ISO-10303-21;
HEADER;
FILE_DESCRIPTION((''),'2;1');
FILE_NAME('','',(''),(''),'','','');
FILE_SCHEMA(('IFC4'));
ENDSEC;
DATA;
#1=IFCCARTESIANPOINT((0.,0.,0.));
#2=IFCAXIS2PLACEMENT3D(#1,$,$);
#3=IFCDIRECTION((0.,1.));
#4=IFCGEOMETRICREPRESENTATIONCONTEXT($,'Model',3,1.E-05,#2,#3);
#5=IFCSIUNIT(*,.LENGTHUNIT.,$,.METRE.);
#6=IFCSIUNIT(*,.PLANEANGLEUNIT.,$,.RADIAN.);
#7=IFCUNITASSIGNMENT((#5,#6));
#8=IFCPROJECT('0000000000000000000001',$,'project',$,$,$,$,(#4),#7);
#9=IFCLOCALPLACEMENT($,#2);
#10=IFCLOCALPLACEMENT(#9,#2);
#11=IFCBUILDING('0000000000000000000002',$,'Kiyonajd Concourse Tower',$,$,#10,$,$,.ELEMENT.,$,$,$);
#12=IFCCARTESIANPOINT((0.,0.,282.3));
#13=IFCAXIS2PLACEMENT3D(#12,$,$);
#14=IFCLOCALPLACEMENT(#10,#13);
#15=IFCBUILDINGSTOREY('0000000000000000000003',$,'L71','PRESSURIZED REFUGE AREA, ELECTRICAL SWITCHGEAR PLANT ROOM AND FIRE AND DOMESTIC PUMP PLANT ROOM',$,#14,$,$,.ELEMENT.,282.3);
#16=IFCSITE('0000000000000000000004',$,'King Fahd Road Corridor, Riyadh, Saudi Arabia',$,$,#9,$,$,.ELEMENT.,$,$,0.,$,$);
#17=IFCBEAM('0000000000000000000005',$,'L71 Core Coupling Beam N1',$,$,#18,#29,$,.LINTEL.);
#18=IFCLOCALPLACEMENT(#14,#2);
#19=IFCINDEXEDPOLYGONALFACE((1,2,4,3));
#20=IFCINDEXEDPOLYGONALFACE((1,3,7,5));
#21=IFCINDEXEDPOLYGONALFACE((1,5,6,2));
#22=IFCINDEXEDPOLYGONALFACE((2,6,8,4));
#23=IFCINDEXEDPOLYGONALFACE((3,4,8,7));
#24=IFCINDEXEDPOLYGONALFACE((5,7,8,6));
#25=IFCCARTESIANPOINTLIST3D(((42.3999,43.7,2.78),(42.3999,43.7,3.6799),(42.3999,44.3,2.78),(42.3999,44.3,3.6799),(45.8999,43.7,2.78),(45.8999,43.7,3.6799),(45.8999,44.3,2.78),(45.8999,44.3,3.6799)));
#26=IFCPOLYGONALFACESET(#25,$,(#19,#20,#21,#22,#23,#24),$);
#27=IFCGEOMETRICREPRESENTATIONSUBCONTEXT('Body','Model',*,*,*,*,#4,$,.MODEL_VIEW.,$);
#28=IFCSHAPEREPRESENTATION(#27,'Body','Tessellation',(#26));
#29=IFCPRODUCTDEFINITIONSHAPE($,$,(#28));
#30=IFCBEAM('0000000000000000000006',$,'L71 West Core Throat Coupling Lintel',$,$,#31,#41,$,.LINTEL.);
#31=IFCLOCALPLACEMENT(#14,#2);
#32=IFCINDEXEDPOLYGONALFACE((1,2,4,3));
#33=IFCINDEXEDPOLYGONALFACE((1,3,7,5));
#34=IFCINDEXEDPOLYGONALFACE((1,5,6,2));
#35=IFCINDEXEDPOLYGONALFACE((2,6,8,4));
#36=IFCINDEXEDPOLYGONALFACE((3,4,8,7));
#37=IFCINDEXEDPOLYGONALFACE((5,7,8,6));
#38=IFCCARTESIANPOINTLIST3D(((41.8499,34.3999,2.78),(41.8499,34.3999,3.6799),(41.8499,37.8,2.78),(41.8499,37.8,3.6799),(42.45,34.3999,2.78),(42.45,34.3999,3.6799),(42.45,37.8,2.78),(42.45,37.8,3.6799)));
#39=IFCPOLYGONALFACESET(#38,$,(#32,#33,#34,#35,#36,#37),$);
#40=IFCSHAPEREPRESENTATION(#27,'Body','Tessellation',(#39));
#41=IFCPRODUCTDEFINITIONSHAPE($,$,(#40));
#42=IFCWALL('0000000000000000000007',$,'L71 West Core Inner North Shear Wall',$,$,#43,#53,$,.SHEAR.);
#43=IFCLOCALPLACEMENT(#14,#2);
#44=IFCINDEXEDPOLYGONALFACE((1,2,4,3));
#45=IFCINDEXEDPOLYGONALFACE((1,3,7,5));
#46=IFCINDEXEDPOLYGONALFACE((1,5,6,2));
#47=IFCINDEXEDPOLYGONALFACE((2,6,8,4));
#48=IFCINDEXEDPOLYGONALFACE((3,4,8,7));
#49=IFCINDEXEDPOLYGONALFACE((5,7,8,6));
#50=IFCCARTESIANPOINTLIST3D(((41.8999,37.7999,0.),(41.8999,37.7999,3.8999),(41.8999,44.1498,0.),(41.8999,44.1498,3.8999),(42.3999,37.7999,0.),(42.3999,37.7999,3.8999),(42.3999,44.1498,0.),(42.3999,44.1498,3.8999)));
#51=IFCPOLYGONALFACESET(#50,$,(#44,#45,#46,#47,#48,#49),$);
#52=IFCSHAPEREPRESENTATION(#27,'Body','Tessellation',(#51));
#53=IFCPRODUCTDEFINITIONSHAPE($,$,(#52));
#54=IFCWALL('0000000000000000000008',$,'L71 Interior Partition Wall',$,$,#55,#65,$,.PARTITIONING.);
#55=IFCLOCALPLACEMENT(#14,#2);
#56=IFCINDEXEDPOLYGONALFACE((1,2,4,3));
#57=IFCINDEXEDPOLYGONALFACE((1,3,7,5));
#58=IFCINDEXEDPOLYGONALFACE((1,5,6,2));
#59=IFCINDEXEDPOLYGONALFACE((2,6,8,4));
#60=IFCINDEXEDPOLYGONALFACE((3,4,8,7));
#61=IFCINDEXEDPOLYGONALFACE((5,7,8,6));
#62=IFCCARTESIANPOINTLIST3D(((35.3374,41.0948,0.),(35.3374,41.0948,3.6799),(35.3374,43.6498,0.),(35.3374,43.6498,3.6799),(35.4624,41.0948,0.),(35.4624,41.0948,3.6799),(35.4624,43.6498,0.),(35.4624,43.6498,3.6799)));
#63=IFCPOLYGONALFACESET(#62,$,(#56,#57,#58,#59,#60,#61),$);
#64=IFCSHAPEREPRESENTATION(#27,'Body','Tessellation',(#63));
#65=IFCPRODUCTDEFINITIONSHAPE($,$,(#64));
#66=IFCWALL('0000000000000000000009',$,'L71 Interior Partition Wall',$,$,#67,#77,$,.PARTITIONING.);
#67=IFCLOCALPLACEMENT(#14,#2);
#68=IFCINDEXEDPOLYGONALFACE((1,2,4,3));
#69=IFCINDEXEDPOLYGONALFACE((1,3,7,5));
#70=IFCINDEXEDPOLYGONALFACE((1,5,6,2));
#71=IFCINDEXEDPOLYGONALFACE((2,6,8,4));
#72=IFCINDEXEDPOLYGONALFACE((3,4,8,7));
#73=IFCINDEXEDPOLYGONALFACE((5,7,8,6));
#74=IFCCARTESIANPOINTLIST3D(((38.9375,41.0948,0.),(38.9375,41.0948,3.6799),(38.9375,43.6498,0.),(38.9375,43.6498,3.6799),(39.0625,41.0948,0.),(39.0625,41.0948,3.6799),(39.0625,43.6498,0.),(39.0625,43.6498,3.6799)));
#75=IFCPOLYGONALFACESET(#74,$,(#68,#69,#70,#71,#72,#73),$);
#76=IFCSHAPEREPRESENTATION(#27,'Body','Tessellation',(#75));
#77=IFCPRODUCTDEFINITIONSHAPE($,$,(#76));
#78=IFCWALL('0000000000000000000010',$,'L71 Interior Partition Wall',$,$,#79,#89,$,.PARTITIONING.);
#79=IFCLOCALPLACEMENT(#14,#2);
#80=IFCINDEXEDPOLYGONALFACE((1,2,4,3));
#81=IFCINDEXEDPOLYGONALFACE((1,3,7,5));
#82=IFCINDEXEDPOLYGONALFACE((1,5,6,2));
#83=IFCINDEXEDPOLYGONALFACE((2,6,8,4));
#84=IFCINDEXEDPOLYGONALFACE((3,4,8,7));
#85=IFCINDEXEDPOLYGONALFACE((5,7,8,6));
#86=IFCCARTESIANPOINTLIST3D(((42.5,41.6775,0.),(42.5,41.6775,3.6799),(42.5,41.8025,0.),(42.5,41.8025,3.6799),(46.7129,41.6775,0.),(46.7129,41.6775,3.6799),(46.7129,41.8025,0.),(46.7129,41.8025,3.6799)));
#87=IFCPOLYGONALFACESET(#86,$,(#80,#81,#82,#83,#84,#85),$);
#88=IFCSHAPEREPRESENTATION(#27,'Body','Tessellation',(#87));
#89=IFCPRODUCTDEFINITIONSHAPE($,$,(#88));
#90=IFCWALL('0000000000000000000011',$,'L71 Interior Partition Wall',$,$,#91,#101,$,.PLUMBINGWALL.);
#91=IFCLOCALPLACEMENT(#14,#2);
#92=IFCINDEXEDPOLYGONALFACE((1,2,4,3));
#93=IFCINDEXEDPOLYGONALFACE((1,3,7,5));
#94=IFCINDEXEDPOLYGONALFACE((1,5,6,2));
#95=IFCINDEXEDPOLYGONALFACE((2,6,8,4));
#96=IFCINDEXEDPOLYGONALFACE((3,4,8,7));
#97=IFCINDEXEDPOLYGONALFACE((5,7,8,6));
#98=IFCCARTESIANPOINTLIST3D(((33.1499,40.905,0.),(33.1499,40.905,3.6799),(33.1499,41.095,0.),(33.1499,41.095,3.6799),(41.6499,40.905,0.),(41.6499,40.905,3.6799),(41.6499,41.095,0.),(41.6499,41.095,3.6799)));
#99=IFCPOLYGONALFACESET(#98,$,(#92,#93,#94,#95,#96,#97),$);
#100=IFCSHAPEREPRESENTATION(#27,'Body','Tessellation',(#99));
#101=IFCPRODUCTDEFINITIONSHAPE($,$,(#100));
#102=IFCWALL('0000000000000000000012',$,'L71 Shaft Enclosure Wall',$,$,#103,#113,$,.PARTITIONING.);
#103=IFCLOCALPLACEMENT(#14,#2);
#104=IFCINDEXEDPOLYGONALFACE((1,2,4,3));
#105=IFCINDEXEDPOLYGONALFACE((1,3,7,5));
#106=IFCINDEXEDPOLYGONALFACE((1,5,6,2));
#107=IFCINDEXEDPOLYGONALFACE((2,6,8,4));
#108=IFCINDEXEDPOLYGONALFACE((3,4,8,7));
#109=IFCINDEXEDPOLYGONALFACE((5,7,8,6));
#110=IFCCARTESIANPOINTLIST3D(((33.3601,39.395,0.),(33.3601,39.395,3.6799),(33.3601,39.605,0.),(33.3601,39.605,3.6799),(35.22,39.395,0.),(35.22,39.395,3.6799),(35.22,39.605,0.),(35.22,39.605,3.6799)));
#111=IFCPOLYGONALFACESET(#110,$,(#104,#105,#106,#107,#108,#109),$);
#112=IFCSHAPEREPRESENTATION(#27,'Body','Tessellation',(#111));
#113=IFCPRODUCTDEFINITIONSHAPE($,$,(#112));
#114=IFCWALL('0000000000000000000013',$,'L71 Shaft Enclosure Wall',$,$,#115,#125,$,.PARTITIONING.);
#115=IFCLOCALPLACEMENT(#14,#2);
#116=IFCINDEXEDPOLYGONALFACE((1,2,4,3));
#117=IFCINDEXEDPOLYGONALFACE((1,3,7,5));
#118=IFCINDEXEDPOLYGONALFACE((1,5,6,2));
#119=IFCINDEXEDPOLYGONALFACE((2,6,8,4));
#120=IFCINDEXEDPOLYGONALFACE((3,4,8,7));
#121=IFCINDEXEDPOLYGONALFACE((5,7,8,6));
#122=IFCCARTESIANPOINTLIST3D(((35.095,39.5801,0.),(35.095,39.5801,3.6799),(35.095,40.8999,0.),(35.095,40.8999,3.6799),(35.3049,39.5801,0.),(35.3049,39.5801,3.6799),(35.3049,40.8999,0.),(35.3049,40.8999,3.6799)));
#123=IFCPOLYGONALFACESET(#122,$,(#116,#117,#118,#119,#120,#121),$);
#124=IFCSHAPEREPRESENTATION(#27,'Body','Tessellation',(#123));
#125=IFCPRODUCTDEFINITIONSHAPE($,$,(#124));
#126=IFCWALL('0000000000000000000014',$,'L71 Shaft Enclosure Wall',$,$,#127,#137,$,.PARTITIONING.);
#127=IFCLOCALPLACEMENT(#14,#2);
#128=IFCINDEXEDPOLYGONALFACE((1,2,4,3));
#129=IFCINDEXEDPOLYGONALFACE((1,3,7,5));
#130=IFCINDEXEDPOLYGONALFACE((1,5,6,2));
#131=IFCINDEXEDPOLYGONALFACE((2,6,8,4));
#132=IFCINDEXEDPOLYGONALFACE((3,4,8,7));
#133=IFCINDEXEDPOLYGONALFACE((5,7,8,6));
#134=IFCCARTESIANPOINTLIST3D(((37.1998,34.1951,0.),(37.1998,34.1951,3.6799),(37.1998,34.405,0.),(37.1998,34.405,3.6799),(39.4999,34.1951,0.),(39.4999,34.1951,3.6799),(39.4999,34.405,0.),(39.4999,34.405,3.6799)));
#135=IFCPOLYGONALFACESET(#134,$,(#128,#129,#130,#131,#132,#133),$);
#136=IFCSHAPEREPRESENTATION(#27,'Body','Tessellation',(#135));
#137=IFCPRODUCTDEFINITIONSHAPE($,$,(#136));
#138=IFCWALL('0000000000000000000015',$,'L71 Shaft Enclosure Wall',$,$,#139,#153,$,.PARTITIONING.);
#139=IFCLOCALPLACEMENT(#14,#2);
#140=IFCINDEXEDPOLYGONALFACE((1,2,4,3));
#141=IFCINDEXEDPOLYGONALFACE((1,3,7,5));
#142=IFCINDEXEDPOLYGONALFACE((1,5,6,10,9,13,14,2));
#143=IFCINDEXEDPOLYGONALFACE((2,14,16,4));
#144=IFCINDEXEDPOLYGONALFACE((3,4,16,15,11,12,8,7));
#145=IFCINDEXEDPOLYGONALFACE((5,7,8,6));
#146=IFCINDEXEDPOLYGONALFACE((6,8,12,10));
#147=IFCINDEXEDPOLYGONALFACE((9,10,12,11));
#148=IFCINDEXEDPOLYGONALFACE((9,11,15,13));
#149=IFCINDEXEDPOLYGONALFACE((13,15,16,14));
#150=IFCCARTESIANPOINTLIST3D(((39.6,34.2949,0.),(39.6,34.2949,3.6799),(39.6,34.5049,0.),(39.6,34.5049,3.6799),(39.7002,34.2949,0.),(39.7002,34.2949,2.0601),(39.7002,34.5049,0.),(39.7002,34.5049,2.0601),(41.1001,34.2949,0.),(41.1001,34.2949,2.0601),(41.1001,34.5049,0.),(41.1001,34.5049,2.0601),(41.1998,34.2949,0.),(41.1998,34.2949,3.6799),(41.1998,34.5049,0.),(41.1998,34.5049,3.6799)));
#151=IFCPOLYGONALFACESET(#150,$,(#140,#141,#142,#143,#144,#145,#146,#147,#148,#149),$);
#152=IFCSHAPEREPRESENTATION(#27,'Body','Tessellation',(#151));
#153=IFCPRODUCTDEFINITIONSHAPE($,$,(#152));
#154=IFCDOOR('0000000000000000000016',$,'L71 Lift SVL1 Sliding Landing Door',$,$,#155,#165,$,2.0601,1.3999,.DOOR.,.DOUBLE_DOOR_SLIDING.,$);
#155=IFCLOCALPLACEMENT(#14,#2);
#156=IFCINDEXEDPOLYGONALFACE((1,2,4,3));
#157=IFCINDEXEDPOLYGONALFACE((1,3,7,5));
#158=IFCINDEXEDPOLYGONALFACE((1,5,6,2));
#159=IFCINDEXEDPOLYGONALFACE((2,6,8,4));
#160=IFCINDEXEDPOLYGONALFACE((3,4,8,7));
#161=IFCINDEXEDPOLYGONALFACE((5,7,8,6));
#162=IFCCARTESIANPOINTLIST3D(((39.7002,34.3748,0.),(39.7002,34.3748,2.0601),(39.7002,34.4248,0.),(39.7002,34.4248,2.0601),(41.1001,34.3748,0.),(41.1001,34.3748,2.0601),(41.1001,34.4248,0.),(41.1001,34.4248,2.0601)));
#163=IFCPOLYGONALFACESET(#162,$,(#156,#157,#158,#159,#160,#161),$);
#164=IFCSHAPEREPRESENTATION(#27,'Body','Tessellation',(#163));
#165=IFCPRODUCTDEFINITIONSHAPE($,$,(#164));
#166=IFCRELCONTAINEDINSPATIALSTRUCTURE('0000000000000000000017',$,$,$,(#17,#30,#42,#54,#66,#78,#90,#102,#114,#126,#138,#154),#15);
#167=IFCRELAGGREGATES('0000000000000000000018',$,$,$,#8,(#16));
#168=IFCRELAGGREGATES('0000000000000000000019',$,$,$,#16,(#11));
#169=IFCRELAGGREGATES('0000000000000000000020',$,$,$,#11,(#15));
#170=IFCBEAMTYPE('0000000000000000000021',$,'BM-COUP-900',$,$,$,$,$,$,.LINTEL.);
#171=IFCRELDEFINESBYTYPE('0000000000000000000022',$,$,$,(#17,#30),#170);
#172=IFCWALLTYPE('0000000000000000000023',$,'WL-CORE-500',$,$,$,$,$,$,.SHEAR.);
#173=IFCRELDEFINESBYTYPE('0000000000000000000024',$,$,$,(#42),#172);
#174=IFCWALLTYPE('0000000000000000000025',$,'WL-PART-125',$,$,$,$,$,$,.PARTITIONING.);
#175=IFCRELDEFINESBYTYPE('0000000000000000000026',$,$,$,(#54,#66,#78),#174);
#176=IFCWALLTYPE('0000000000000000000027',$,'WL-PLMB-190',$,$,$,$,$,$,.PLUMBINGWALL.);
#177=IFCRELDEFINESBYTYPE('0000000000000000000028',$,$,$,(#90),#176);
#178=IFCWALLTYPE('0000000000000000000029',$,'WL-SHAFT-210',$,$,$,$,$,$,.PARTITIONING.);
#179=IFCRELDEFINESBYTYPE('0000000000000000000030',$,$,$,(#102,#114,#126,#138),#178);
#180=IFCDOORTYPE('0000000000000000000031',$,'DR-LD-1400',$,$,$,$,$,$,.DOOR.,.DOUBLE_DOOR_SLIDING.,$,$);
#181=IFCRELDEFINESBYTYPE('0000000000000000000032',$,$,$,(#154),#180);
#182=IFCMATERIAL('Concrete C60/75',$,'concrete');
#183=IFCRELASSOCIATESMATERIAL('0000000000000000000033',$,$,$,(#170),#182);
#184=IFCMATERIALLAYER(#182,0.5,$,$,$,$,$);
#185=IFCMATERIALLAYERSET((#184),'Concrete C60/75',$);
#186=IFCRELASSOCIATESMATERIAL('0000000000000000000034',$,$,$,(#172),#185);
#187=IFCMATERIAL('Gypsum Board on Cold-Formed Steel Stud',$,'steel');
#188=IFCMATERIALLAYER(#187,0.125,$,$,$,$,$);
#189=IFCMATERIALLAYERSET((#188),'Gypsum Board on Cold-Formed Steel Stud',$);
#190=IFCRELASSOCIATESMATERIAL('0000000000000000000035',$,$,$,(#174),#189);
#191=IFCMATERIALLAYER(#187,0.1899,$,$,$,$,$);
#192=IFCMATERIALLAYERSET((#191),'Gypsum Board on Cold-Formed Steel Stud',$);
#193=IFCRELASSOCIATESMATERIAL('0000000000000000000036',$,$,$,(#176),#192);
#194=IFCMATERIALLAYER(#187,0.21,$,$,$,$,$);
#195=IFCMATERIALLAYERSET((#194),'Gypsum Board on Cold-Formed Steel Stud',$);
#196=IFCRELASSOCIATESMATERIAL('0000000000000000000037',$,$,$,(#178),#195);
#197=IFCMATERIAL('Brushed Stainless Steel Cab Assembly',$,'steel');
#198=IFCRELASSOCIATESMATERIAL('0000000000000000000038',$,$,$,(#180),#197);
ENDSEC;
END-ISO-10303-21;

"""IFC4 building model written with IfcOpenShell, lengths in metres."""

from ifc_helpers import new_model, si_unit, direction, frame, frame_2d, origin, origin_2d, place, context, subcontext, project, spatial, rectangle, extrude, material, layer, layer_set, material_profile, profile_set, type_object, element, fill, save


model = new_model("IFC4")

# Units and contexts
model_context = context("Model", 3, precision=1e-05, world=origin(), true_north=direction((0.0, 1.0)))
body_context = subcontext(model_context, "Body", "Model", "MODEL_VIEW")
ifc_project = project(units=[si_unit("LENGTHUNIT", "METRE"), si_unit("PLANEANGLEUNIT", "RADIAN")], contexts=[model_context])

# Site, building, storey
site_placement = place(None, origin())
site = spatial("IfcSite", under=ifc_project, at=site_placement, Name="King Fahd Road Corridor, Riyadh, Saudi Arabia", CompositionType="ELEMENT", RefElevation=0.0)
building_placement = place(site_placement, origin())
building = spatial("IfcBuilding", under=site, at=building_placement, Name="Kiyonajd Concourse Tower", CompositionType="ELEMENT")
storey_placement = place(building_placement, frame((0.0, 0.0, 282.3)))
storey = spatial("IfcBuildingStorey", under=building, at=storey_placement, Name="L71", Description="PRESSURIZED REFUGE AREA, ELECTRICAL SWITCHGEAR PLANT ROOM AND FIRE AND DOMESTIC PUMP PLANT ROOM", CompositionType="ELEMENT", Elevation=282.3)

# Beams
ifc_material_1 = material(Name="Concrete C60/75", Category="concrete")
ifc_material_profile = material_profile(ifc_material_1, rectangle(XDim=0.6001, YDim=0.8999, at=origin_2d()), Name="RCBM-600x900")
ifc_profile_set = profile_set([ifc_material_profile], Name="Concrete C60/75")
beam_type = type_object("IfcBeamType", Name="BM-COUP-900", PredefinedType="LINTEL", material=ifc_profile_set)
beam_1_placement = place(storey_placement, frame((42.3999, 44.0, 3.23), z_axis=(1.0, 0.0, 0.0), x_axis=(0.0, 1.0, 0.0)))
element("IfcBeam", 1, at=beam_1_placement, inside=storey, type_object=beam_type, Name="L71 Core Coupling Beam N1", PredefinedType="LINTEL", context=body_context, shape_type="SweptSolid", body=[
    extrude(rectangle(XDim=0.6001, YDim=0.8999, at=origin_2d()), origin(), (0.0, 0.0, 1.0), 3.5),
])
beam_2_placement = place(storey_placement, frame((42.1499, 34.3999, 3.23), z_axis=(0.0, 1.0, 0.0), x_axis=(-1.0, 0.0, 0.0)))
element("IfcBeam", 2, at=beam_2_placement, inside=storey, type_object=beam_type, Name="L71 West Core Throat Coupling Lintel", PredefinedType="LINTEL", context=body_context, shape_type="SweptSolid", body=[
    extrude(rectangle(XDim=0.6001, YDim=0.8999, at=origin_2d()), origin(), (0.0, 0.0, 1.0), 3.4001),
])

# Walls
ifc_layer_1 = layer(ifc_material_1, 0.5)
ifc_layer_set_1 = layer_set([ifc_layer_1], Name="Concrete C60/75")
wall_type_1 = type_object("IfcWallType", Name="WL-CORE-500", PredefinedType="SHEAR", material=ifc_layer_set_1)
wall_1_placement = place(storey_placement, frame((42.1499, 37.8, 0.0), z_axis=(0.0, 0.0, 1.0), x_axis=(0.0, 1.0, 0.0)))
element("IfcWall", 3, at=wall_1_placement, inside=storey, type_object=wall_type_1, Name="L71 West Core Inner North Shear Wall", PredefinedType="SHEAR", context=body_context, shape_type="SweptSolid", body=[
    extrude(rectangle(XDim=6.3499, YDim=0.5, at=frame_2d((3.1748, 0.0))), origin(), (0.0, 0.0, 1.0), 3.8999),
])
ifc_material_2 = material(Name="Gypsum Board on Cold-Formed Steel Stud", Category="steel")
ifc_layer_2 = layer(ifc_material_2, 0.125)
ifc_layer_set_2 = layer_set([ifc_layer_2], Name="Gypsum Board on Cold-Formed Steel Stud")
wall_type_2 = type_object("IfcWallType", Name="WL-PART-125", PredefinedType="PARTITIONING", material=ifc_layer_set_2)
for number, where, z_axis, x_axis, name in (
    (4, (35.3999, 41.095, 0.0), (0.0, 0.0, 1.0), (0.0, 1.0, 0.0), "L71 Interior Partition Wall"),
    (5, (39.0, 41.095, 0.0), (0.0, 0.0, 1.0), (0.0, 1.0, 0.0), "L71 Interior Partition Wall"),
):
    element("IfcWall", number, at=place(storey_placement, frame(where, z_axis=z_axis, x_axis=x_axis)), inside=storey, type_object=wall_type_2, Name=name, PredefinedType="PARTITIONING", context=body_context, shape_type="SweptSolid", body=[
        extrude(rectangle(XDim=2.5549, YDim=0.125, at=frame_2d((1.2773, 0.0))), origin(), (0.0, 0.0, 1.0), 3.6799),
    ])
wall_2_placement = place(storey_placement, frame((42.5, 41.74, 0.0), z_axis=(0.0, 0.0, 1.0), x_axis=(1.0, 0.0, 0.0)))
element("IfcWall", 6, at=wall_2_placement, inside=storey, type_object=wall_type_2, Name="L71 Interior Partition Wall", PredefinedType="PARTITIONING", context=body_context, shape_type="SweptSolid", body=[
    extrude(rectangle(XDim=4.2129, YDim=0.125, at=frame_2d((2.1064, 0.0))), origin(), (0.0, 0.0, 1.0), 3.6799),
])
ifc_layer_3 = layer(ifc_material_2, 0.1899)
ifc_layer_set_3 = layer_set([ifc_layer_3], Name="Gypsum Board on Cold-Formed Steel Stud")
wall_type_3 = type_object("IfcWallType", Name="WL-PLMB-190", PredefinedType="PLUMBINGWALL", material=ifc_layer_set_3)
wall_3_placement = place(storey_placement, frame((33.1499, 41.0, 0.0), z_axis=(0.0, 0.0, 1.0), x_axis=(1.0, 0.0, 0.0)))
element("IfcWall", 7, at=wall_3_placement, inside=storey, type_object=wall_type_3, Name="L71 Interior Partition Wall", PredefinedType="PLUMBINGWALL", context=body_context, shape_type="SweptSolid", body=[
    extrude(rectangle(XDim=8.5, YDim=0.1899, at=frame_2d((4.25, 0.0))), origin(), (0.0, 0.0, 1.0), 3.6799),
])
ifc_layer_4 = layer(ifc_material_2, 0.21)
ifc_layer_set_4 = layer_set([ifc_layer_4], Name="Gypsum Board on Cold-Formed Steel Stud")
wall_type_4 = type_object("IfcWallType", Name="WL-SHAFT-210", PredefinedType="PARTITIONING", material=ifc_layer_set_4)
wall_4_placement = place(storey_placement, frame((33.3601, 39.5, 0.0), z_axis=(0.0, 0.0, 1.0), x_axis=(1.0, 0.0, 0.0)))
element("IfcWall", 8, at=wall_4_placement, inside=storey, type_object=wall_type_4, Name="L71 Shaft Enclosure Wall", PredefinedType="PARTITIONING", context=body_context, shape_type="SweptSolid", body=[
    extrude(rectangle(XDim=1.8599, YDim=0.21, at=frame_2d((0.9299, 0.0))), origin(), (0.0, 0.0, 1.0), 3.6799),
])
wall_5_placement = place(storey_placement, frame((35.2, 39.5801, 0.0), z_axis=(0.0, 0.0, 1.0), x_axis=(0.0, 1.0, 0.0)))
element("IfcWall", 9, at=wall_5_placement, inside=storey, type_object=wall_type_4, Name="L71 Shaft Enclosure Wall", PredefinedType="PARTITIONING", context=body_context, shape_type="SweptSolid", body=[
    extrude(rectangle(XDim=1.3198, YDim=0.21, at=frame_2d((0.6599, 0.0))), origin(), (0.0, 0.0, 1.0), 3.6799),
])
wall_6_placement = place(storey_placement, frame((37.2, 34.3, 0.0), z_axis=(0.0, 0.0, 1.0), x_axis=(1.0, 0.0, 0.0)))
element("IfcWall", 10, at=wall_6_placement, inside=storey, type_object=wall_type_4, Name="L71 Shaft Enclosure Wall", PredefinedType="PARTITIONING", context=body_context, shape_type="SweptSolid", body=[
    extrude(rectangle(XDim=2.3, YDim=0.21, at=frame_2d((1.1499, 0.0))), origin(), (0.0, 0.0, 1.0), 3.6799),
])

# Wall, opening, door
wall_7_placement = place(storey_placement, frame((39.6001, 34.3999, 0.0), z_axis=(0.0, 0.0, 1.0), x_axis=(1.0, 0.0, 0.0)))
wall_7 = element("IfcWall", 11, at=wall_7_placement, inside=storey, type_object=wall_type_4, Name="L71 Shaft Enclosure Wall", PredefinedType="PARTITIONING", context=body_context, shape_type="SweptSolid", body=[
    extrude(rectangle(XDim=1.5999, YDim=0.21, at=frame_2d((0.7998, 0.0))), origin(), (0.0, 0.0, 1.0), 3.6799),
])
opening_1_placement = place(wall_7_placement, frame((0.1001, 0.0, 0.0)))
opening_1 = element("IfcOpeningElement", 12, at=opening_1_placement, cuts=wall_7, PredefinedType="OPENING", context=body_context, shape_type="SweptSolid", body=[
    extrude(rectangle(XDim=1.3999, YDim=2.0601, at=frame_2d((0.7, 1.03))), frame((0.0, 0.115, 0.0), z_axis=(0.0, -1.0, 0.0), x_axis=(1.0, 0.0, 0.0)), (0.0, 0.0, 1.0), 0.23),
])
ifc_material_3 = material(Name="Brushed Stainless Steel Cab Assembly", Category="steel")
door_type_1 = type_object("IfcDoorType", Name="DR-LD-1400", OperationType="DOUBLE_DOOR_SLIDING", PredefinedType="DOOR", material=ifc_material_3)
door_1_placement = place(opening_1_placement, origin())
door_1 = element("IfcDoor", 13, at=door_1_placement, inside=storey, type_object=door_type_1, Name="L71 Lift SVL1 Sliding Landing Door", OperationType="DOUBLE_DOOR_SLIDING", OverallHeight=2.0601, OverallWidth=1.3999, PredefinedType="DOOR", context=body_context, shape_type="SweptSolid", body=[
    extrude(rectangle(XDim=1.3999, YDim=2.0601, at=frame_2d((0.7, 1.03))), frame((0.0, 0.0249, 0.0), z_axis=(0.0, -1.0, 0.0), x_axis=(1.0, 0.0, 0.0)), (0.0, 0.0, 1.0), 0.05),
])
fill(opening_1, door_1)

save(model, "model.ifc")
